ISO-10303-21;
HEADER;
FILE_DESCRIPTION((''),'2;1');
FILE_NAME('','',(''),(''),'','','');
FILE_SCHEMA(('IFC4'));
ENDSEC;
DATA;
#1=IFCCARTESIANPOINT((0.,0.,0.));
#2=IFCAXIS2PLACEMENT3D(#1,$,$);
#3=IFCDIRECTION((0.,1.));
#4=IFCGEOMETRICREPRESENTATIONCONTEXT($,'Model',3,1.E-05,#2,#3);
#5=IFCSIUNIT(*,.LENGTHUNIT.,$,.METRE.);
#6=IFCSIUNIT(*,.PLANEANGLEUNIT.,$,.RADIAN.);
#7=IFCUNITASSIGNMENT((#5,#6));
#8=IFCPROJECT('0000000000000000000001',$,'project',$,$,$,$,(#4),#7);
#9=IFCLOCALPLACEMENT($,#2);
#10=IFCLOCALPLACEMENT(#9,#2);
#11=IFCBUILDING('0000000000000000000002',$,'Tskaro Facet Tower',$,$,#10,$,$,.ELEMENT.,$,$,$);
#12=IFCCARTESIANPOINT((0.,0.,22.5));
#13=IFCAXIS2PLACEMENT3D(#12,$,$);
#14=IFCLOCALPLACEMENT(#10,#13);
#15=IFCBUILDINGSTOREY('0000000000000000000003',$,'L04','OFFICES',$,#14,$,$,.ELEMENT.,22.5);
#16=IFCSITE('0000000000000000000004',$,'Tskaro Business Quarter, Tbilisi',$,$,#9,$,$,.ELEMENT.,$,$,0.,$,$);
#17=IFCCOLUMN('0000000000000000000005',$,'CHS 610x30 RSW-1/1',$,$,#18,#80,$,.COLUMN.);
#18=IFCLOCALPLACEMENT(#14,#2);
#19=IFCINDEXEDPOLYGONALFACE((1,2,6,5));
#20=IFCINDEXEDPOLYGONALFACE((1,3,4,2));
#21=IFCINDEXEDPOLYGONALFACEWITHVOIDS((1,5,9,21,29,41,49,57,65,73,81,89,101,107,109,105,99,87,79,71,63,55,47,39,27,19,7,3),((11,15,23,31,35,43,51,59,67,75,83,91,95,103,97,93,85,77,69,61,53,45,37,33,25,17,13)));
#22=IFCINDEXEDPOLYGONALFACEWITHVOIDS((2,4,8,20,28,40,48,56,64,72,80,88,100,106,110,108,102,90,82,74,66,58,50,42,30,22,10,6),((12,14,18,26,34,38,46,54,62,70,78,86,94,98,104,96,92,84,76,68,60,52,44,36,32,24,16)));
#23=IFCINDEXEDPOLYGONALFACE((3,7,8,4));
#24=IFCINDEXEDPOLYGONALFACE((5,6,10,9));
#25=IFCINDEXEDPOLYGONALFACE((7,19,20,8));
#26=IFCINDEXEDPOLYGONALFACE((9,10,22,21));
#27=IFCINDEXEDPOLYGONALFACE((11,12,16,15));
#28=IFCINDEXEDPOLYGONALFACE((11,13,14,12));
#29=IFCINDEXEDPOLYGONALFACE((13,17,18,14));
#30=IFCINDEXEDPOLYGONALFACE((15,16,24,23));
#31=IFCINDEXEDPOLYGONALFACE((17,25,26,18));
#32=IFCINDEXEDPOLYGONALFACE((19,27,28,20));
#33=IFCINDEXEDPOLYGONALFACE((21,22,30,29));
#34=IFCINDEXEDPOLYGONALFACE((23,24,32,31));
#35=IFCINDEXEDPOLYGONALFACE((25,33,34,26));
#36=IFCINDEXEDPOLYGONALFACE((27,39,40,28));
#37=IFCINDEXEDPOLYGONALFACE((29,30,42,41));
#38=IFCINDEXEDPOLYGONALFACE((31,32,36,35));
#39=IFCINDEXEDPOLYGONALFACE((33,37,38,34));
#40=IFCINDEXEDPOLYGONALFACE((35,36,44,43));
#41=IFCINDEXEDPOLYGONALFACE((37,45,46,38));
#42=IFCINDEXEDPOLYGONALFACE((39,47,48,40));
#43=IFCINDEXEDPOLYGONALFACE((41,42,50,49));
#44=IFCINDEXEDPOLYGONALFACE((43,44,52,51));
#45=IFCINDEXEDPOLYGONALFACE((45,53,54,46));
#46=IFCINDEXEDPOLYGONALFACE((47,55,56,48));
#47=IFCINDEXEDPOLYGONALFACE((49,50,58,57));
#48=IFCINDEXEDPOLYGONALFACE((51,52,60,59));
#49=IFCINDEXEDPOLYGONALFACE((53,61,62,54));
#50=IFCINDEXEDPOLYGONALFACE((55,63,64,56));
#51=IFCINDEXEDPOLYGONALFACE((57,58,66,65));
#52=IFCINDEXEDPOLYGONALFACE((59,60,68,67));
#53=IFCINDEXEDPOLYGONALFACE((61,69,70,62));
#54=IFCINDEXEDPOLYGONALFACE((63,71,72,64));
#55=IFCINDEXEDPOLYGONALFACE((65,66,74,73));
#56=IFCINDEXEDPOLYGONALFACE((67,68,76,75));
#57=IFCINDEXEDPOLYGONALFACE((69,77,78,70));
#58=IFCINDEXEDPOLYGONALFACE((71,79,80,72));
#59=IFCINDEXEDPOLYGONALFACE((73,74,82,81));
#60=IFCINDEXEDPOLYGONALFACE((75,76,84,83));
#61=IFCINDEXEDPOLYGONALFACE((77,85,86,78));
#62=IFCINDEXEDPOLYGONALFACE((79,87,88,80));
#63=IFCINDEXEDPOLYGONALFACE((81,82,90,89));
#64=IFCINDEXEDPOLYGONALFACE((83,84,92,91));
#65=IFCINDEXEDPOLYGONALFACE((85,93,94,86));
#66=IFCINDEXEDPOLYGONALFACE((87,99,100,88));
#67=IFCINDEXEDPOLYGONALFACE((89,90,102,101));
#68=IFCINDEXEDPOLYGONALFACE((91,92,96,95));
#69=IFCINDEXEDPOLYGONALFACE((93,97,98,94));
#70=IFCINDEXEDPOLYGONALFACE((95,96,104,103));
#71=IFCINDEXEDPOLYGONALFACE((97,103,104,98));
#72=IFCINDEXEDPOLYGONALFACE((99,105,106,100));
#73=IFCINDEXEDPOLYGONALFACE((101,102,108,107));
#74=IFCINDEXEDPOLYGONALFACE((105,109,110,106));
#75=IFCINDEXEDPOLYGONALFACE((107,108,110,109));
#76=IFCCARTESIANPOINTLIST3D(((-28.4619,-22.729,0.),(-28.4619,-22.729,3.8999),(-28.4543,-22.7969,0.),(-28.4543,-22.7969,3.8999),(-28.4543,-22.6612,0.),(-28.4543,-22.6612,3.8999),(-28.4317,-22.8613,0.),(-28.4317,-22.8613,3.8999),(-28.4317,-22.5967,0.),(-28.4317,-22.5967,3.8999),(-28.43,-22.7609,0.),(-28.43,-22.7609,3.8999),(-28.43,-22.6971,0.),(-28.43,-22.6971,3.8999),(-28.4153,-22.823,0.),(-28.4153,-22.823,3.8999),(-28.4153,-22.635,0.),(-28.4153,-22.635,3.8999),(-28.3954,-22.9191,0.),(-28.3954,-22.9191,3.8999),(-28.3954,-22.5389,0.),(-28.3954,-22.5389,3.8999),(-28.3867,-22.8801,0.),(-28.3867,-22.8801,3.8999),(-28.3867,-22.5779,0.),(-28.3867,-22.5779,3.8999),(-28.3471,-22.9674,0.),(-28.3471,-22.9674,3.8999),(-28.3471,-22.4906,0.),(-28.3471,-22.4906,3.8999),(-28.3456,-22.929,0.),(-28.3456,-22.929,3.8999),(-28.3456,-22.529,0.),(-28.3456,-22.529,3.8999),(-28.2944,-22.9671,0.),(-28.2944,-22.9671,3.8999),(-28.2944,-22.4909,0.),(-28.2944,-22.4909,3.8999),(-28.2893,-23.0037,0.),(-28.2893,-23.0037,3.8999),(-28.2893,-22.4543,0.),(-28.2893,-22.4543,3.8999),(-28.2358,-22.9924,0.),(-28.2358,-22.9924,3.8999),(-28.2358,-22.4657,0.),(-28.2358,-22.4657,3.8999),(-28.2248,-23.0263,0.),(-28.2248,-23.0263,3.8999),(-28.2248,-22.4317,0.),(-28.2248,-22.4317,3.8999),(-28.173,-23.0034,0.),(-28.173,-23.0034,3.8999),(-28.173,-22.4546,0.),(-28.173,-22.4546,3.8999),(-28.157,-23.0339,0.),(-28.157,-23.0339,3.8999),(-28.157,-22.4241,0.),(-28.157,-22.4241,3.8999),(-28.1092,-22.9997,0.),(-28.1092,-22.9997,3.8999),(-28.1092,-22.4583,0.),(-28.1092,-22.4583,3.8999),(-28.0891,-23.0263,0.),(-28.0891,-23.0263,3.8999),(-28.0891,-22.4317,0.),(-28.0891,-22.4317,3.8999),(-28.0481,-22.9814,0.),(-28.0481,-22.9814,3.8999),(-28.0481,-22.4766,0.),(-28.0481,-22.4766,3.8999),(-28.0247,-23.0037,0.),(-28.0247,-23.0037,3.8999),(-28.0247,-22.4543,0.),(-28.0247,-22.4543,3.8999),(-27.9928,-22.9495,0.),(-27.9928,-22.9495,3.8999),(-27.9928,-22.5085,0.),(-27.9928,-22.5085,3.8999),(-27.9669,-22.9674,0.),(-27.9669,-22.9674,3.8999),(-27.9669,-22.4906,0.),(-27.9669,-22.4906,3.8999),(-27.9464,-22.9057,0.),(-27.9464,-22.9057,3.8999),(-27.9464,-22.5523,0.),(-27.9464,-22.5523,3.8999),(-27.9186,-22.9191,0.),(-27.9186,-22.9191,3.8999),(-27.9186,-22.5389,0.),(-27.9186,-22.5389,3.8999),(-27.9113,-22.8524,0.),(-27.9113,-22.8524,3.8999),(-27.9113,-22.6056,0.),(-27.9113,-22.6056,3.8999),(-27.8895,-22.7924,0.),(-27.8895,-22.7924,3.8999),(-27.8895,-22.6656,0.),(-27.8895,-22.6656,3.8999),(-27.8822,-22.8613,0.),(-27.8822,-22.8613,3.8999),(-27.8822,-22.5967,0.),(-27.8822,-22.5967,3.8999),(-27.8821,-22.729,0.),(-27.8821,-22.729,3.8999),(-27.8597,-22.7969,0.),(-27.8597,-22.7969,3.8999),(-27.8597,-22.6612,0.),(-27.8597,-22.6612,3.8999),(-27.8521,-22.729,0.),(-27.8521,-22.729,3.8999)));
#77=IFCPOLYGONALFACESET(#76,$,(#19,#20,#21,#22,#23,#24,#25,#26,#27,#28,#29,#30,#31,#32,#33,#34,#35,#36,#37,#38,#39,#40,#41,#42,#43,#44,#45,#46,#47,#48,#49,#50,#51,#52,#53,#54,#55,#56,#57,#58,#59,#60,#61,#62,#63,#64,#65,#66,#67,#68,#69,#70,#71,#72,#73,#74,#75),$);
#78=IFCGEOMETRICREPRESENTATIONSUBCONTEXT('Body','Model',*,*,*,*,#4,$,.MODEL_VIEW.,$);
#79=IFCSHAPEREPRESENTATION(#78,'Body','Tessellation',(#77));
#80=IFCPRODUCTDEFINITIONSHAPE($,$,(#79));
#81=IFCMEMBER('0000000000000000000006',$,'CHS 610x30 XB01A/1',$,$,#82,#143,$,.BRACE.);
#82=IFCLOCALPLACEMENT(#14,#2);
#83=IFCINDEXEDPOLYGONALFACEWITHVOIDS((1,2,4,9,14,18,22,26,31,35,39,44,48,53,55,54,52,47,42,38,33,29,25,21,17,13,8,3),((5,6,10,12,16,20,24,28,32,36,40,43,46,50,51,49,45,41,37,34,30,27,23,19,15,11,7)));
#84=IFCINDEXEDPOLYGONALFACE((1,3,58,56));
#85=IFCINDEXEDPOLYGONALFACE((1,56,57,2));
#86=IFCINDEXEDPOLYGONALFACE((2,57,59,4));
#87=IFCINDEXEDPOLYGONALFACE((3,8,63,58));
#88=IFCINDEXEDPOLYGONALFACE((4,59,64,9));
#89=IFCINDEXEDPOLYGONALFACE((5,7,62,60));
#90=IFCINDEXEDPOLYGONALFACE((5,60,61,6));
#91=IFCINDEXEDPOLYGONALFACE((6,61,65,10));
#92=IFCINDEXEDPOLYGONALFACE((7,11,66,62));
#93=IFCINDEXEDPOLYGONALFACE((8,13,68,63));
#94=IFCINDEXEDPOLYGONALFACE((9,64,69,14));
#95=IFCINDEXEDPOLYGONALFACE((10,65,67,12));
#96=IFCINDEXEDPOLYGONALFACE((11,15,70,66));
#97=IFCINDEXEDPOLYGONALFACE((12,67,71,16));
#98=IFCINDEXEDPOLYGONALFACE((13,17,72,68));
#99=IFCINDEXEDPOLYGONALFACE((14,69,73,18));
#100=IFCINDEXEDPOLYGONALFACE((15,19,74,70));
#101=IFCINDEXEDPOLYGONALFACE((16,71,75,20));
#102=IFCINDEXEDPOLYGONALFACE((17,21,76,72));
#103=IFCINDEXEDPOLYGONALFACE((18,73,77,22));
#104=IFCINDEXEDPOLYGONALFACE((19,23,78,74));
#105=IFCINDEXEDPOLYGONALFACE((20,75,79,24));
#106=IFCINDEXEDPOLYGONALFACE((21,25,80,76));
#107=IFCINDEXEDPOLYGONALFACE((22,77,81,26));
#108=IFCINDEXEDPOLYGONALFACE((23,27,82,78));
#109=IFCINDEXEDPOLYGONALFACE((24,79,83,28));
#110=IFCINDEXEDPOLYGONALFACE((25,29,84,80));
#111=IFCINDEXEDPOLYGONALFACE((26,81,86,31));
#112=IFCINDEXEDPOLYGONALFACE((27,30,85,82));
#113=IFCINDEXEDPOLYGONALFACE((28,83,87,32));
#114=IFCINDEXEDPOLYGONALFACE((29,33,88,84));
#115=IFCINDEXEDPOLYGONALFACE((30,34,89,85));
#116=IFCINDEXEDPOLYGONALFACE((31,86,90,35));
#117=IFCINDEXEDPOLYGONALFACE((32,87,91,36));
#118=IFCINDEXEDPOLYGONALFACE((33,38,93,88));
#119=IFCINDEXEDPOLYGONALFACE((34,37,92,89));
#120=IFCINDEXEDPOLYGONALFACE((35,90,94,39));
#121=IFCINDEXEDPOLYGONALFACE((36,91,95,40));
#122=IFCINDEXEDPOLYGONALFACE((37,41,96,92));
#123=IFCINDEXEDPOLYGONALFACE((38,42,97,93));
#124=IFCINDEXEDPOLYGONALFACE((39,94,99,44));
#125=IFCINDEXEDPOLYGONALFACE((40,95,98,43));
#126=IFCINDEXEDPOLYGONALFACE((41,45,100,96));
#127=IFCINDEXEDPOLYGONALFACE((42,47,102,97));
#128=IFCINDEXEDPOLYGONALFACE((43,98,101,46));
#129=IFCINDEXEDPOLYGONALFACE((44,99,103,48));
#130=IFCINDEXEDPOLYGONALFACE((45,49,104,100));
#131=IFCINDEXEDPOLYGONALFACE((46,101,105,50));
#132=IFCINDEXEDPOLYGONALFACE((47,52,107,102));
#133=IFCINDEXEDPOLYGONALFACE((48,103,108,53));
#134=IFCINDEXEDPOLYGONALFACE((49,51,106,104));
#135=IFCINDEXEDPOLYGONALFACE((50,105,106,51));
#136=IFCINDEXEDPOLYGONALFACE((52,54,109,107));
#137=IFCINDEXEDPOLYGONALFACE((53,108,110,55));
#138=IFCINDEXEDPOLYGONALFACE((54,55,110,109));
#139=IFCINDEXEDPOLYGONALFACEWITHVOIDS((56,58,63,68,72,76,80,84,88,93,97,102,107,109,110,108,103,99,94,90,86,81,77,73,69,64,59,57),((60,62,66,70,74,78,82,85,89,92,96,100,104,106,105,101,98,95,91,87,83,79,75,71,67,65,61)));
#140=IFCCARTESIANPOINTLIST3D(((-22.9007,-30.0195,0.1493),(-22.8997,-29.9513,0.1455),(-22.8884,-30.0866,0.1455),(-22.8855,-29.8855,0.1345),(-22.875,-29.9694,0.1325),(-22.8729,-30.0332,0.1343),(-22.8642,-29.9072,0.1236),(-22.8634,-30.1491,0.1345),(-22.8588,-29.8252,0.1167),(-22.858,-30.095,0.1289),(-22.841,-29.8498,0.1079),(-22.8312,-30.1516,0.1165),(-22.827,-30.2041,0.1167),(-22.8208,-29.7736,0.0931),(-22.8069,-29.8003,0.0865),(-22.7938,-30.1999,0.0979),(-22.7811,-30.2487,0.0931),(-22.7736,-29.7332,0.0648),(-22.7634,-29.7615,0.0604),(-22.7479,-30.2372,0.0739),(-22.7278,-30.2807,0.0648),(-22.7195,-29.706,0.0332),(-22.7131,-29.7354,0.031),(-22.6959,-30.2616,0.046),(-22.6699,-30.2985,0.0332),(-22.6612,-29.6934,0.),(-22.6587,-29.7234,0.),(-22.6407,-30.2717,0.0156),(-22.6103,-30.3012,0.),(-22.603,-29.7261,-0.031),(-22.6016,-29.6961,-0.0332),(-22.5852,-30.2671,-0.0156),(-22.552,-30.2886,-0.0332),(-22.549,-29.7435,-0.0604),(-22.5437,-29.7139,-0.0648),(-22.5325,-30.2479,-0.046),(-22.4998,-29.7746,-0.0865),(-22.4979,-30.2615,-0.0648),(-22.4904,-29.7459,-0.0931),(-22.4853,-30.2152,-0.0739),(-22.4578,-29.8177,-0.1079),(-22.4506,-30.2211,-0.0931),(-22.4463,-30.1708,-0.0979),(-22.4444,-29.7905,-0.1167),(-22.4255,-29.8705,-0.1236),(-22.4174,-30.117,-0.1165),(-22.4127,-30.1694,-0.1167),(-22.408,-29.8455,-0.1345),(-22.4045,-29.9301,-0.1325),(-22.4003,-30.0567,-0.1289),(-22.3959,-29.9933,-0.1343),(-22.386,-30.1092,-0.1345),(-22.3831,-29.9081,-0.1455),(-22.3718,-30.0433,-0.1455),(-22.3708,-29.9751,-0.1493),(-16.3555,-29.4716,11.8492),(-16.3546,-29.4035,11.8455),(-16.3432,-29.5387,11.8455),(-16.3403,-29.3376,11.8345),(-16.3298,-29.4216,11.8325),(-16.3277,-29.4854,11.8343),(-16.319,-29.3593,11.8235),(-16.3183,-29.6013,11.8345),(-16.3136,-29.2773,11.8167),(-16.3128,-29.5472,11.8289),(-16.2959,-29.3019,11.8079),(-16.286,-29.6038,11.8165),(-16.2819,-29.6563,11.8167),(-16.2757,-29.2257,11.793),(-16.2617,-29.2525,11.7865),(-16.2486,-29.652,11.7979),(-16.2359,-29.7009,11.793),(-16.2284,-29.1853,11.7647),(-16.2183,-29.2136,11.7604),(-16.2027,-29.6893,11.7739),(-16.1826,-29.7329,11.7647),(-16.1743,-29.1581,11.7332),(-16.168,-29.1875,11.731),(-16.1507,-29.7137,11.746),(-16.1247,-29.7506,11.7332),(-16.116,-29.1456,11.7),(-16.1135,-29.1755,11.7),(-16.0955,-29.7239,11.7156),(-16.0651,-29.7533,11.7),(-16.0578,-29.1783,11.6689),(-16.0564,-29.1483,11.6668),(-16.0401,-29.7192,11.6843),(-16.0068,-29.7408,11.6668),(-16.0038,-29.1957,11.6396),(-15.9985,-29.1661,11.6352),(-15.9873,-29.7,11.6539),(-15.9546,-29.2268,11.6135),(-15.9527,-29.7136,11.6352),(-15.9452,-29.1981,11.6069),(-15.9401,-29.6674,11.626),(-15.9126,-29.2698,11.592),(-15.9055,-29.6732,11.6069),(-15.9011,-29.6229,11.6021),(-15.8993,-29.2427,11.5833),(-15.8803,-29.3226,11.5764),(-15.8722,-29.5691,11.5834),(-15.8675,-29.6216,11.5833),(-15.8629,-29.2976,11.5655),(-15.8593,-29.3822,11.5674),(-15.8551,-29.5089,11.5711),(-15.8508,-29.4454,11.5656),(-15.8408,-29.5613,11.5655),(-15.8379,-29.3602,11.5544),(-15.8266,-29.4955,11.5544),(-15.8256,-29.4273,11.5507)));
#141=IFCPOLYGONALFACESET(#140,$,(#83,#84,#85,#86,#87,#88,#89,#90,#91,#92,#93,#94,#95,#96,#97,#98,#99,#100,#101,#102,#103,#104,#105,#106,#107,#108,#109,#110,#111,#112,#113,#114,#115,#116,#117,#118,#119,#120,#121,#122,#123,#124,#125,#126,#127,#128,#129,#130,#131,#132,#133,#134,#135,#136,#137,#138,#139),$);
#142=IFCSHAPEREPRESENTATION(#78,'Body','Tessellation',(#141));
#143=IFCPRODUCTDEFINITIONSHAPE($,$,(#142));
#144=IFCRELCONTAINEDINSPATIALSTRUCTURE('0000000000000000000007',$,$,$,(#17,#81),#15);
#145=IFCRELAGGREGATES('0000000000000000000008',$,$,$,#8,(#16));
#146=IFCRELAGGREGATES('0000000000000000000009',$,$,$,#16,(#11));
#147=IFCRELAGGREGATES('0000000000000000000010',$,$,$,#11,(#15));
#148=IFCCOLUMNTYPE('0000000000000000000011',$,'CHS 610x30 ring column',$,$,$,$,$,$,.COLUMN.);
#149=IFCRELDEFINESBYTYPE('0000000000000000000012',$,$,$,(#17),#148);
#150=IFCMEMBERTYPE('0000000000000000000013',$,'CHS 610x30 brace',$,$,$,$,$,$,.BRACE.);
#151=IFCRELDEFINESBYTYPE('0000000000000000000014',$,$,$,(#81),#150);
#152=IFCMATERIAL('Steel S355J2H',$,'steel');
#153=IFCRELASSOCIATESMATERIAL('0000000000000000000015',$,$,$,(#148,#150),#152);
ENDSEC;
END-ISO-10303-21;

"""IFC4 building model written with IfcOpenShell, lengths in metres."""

from ifc_helpers import new_model, si_unit, direction, frame, origin, origin_2d, place, context, subcontext, project, spatial, hollow_circle, extrude, material, material_profile, profile_set, type_object, element, save


model = new_model("IFC4")

# Units and contexts
model_context = context("Model", 3, precision=1e-05, world=origin(), true_north=direction((0.0, 1.0)))
body_context = subcontext(model_context, "Body", "Model", "MODEL_VIEW")
ifc_project = project(units=[si_unit("LENGTHUNIT", "METRE"), si_unit("PLANEANGLEUNIT", "RADIAN")], contexts=[model_context])

# Site, building, storey
site_placement = place(None, origin())
site = spatial("IfcSite", under=ifc_project, at=site_placement, Name="Tskaro Business Quarter, Tbilisi", CompositionType="ELEMENT", RefElevation=0.0)
building_placement = place(site_placement, origin())
building = spatial("IfcBuilding", under=site, at=building_placement, Name="Tskaro Facet Tower", CompositionType="ELEMENT")
storey_placement = place(building_placement, frame((0.0, 0.0, 22.5)))
storey = spatial("IfcBuildingStorey", under=building, at=storey_placement, Name="L04", Description="OFFICES", CompositionType="ELEMENT", Elevation=22.5)

# Column
ifc_material_1 = material(Name="Steel S355J2H", Category="steel")
ifc_material_profile_1 = material_profile(ifc_material_1, hollow_circle(Radius=0.3049, WallThickness=0.03, at=origin_2d()), Name="CHS 610x30")
ifc_profile_set_1 = profile_set([ifc_material_profile_1], Name="Steel S355J2H")
column_type_1 = type_object("IfcColumnType", Name="CHS 610x30 ring column", PredefinedType="COLUMN", material=ifc_profile_set_1)
for number, where, z_axis, x_axis, name in (
    (1, (-28.157, -22.729, 0.0), (0.0, 0.0, 1.0), (1.0, 0.0, 0.0), "CHS 610x30 RSW-1/1"),
):
    element("IfcColumn", number, at=place(storey_placement, frame(where, z_axis=z_axis, x_axis=x_axis)), inside=storey, type_object=column_type_1, Name=name, PredefinedType="COLUMN", context=body_context, shape_type="SweptSolid", body=[
        extrude(hollow_circle(Radius=0.3049, WallThickness=0.03, at=origin_2d()), origin(), (0.0, 0.0, 1.0), 3.8999),
    ])

# Member
ifc_material_profile_2 = material_profile(ifc_material_1, hollow_circle(Radius=0.3049, WallThickness=0.03, at=origin_2d()), Name="CHS 610x30")
ifc_profile_set_2 = profile_set([ifc_material_profile_2], Name="Steel S355J2H")
member_type_1 = type_object("IfcMemberType", Name="CHS 610x30 brace", PredefinedType="BRACE", material=ifc_profile_set_2)
member_1_placement = place(storey_placement, frame((-22.6357, -29.9973, 0.0), z_axis=(0.48781, 0.040831, 0.871995), x_axis=(-0.083412, 0.996515, 0.0)))
element("IfcMember", 2, at=member_1_placement, inside=storey, type_object=member_type_1, Name="CHS 610x30 XB01A/1", PredefinedType="BRACE", context=body_context, shape_type="SweptSolid", body=[
    extrude(hollow_circle(Radius=0.3049, WallThickness=0.03, at=origin_2d()), origin(), (0.0, 0.0, 1.0), 13.4175),
])

save(model, "model.ifc")
